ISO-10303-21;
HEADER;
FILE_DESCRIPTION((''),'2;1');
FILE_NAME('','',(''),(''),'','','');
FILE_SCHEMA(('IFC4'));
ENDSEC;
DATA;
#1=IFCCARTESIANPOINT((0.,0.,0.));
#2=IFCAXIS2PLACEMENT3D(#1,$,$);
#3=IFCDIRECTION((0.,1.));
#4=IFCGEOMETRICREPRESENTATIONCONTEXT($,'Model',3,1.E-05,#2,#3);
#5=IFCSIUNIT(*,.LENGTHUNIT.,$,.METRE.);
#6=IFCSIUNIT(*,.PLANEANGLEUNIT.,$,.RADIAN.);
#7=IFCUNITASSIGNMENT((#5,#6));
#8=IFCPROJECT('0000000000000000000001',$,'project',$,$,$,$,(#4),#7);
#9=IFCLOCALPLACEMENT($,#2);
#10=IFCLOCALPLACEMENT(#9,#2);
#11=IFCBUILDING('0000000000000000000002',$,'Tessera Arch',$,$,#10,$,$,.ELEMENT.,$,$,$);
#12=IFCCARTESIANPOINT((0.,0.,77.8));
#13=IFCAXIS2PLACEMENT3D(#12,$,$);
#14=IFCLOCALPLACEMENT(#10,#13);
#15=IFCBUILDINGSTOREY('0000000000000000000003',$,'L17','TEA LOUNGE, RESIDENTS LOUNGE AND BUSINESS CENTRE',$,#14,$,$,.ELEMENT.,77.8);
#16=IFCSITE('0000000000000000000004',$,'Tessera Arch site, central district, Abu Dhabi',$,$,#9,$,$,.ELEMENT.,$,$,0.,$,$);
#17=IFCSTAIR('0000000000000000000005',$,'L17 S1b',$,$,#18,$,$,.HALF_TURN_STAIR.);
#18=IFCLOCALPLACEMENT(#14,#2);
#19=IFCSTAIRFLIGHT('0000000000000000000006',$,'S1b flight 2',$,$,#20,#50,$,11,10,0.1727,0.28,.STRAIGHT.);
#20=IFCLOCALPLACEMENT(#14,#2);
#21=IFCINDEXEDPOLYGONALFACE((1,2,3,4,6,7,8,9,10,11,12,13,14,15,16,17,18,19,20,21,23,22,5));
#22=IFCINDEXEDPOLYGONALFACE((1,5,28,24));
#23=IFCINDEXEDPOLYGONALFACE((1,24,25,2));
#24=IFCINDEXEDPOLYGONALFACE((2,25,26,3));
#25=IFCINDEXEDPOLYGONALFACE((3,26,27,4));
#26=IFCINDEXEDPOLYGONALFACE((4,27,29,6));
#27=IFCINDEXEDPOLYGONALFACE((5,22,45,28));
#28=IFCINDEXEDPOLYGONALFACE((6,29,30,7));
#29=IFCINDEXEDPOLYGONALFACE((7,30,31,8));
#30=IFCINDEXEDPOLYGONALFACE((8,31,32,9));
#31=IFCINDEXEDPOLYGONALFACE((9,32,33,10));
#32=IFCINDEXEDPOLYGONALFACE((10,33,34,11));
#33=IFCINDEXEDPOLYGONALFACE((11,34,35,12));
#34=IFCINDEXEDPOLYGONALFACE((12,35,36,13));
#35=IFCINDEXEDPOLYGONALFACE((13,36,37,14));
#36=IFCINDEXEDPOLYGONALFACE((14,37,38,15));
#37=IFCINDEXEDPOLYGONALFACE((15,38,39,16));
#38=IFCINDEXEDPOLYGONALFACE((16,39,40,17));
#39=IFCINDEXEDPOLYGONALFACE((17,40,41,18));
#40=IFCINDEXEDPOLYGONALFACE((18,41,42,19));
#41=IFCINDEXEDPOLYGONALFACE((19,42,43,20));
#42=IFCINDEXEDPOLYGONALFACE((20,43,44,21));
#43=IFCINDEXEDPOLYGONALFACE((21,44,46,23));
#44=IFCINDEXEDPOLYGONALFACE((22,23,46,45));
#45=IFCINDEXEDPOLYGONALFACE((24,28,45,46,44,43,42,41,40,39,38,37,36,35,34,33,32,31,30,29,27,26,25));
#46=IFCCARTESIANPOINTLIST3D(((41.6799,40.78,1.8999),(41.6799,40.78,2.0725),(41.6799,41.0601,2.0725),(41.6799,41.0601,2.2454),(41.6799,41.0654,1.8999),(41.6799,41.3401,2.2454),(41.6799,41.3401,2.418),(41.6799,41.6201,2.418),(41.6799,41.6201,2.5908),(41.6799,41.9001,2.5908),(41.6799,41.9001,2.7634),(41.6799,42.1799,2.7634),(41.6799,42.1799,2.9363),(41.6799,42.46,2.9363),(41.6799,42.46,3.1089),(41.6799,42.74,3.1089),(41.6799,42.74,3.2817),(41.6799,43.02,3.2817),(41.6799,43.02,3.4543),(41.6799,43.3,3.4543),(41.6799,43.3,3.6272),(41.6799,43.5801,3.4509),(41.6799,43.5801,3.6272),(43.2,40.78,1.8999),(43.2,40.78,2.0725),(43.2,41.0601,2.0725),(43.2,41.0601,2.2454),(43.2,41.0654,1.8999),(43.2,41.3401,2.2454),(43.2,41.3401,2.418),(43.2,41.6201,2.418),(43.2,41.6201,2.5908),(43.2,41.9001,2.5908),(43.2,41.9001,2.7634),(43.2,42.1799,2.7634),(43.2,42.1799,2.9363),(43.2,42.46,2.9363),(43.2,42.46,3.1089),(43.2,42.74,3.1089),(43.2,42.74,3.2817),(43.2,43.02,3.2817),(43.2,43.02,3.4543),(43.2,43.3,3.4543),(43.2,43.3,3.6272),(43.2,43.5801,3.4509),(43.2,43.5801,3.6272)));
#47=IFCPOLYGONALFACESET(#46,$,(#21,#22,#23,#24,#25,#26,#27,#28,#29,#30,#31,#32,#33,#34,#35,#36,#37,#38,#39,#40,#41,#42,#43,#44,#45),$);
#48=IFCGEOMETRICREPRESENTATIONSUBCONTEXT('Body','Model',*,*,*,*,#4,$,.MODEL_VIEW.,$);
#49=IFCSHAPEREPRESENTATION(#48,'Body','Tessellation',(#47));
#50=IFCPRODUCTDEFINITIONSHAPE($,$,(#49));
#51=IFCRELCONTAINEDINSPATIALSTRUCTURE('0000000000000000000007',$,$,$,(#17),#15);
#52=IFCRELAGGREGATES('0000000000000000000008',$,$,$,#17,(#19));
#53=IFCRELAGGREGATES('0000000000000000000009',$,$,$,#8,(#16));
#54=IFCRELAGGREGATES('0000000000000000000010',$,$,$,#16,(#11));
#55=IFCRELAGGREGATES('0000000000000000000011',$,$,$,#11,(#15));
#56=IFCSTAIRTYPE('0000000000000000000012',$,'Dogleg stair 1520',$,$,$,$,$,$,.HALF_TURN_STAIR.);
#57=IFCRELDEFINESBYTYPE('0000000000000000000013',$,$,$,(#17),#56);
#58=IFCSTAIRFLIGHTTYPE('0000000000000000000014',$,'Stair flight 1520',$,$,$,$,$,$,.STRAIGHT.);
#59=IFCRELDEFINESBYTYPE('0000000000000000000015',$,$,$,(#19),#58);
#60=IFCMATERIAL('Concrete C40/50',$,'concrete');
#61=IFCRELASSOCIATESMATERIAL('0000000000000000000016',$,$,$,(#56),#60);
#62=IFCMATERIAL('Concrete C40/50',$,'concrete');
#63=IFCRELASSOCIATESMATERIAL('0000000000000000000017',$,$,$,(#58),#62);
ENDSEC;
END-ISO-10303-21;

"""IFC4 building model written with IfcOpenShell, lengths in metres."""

from ifc_helpers import new_model, si_unit, direction, frame, origin, place, context, subcontext, project, spatial, polyline, outline, extrude, material, type_object, element, aggregate, save


model = new_model("IFC4")

# Units and contexts
model_context = context("Model", 3, precision=1e-05, world=origin(), true_north=direction((0.0, 1.0)))
body_context = subcontext(model_context, "Body", "Model", "MODEL_VIEW")
ifc_project = project(units=[si_unit("LENGTHUNIT", "METRE"), si_unit("PLANEANGLEUNIT", "RADIAN")], contexts=[model_context])

# Site, building, storey
site_placement = place(None, origin())
site = spatial("IfcSite", under=ifc_project, at=site_placement, Name="Tessera Arch site, central district, Abu Dhabi", CompositionType="ELEMENT", RefElevation=0.0)
building_placement = place(site_placement, origin())
building = spatial("IfcBuilding", under=site, at=building_placement, Name="Tessera Arch", CompositionType="ELEMENT")
storey_placement = place(building_placement, frame((0.0, 0.0, 77.8)))
storey = spatial("IfcBuildingStorey", under=building, at=storey_placement, Name="L17", Description="TEA LOUNGE, RESIDENTS LOUNGE AND BUSINESS CENTRE", CompositionType="ELEMENT", Elevation=77.8)

# Stair, stair flight
ifc_material_1 = material(Name="Concrete C40/50", Category="concrete")
stair_type = type_object("IfcStairType", Name="Dogleg stair 1520", PredefinedType="HALF_TURN_STAIR", material=ifc_material_1)
ifc_material_2 = material(Name="Concrete C40/50", Category="concrete")
stair_flight_type = type_object("IfcStairFlightType", Name="Stair flight 1520", PredefinedType="STRAIGHT", material=ifc_material_2)
stair_1_placement = place(storey_placement, origin())
stair_1 = element("IfcStair", 1, at=stair_1_placement, inside=storey, type_object=stair_type, Name="L17 S1b", PredefinedType="HALF_TURN_STAIR")
stair_flight_1_placement = place(storey_placement, frame((42.4399, 40.78, 1.8999), z_axis=(0.0, 0.0, 1.0), x_axis=(0.0, 1.0, 0.0)))
stair_flight_1 = element("IfcStairFlight", 2, at=stair_flight_1_placement, type_object=stair_flight_type, Name="S1b flight 2", NumberOfRisers=11, NumberOfTreads=10, PredefinedType="STRAIGHT", RiserHeight=0.1727, TreadLength=0.28, context=body_context, shape_type="SweptSolid", body=[
    extrude(outline(polyline([(0.0, 0.0), (0.0, 0.1726), (0.28, 0.1726), (0.28, 0.3455), (0.5601, 0.3455), (0.5601, 0.5181), (0.8401, 0.5181), (0.8401, 0.6909), (1.1201, 0.6909), (1.1201, 0.8635), (1.3999, 0.8635), (1.3999, 1.0364), (1.6799, 1.0364), (1.6799, 1.209), (1.96, 1.209), (1.96, 1.3818), (2.24, 1.3818), (2.24, 1.5544), (2.52, 1.5544), (2.52, 1.7273), (2.8, 1.7273), (2.8, 1.8999), (2.8, 1.551), (0.2854, 0.0), (0.0, 0.0)])), frame((0.0, 0.76, 0.0), z_axis=(0.0, -1.0, 0.0), x_axis=(1.0, 0.0, 0.0)), (0.0, 0.0, 1.0), 1.52),
])
aggregate(stair_1, [stair_flight_1])

save(model, "model.ifc")
